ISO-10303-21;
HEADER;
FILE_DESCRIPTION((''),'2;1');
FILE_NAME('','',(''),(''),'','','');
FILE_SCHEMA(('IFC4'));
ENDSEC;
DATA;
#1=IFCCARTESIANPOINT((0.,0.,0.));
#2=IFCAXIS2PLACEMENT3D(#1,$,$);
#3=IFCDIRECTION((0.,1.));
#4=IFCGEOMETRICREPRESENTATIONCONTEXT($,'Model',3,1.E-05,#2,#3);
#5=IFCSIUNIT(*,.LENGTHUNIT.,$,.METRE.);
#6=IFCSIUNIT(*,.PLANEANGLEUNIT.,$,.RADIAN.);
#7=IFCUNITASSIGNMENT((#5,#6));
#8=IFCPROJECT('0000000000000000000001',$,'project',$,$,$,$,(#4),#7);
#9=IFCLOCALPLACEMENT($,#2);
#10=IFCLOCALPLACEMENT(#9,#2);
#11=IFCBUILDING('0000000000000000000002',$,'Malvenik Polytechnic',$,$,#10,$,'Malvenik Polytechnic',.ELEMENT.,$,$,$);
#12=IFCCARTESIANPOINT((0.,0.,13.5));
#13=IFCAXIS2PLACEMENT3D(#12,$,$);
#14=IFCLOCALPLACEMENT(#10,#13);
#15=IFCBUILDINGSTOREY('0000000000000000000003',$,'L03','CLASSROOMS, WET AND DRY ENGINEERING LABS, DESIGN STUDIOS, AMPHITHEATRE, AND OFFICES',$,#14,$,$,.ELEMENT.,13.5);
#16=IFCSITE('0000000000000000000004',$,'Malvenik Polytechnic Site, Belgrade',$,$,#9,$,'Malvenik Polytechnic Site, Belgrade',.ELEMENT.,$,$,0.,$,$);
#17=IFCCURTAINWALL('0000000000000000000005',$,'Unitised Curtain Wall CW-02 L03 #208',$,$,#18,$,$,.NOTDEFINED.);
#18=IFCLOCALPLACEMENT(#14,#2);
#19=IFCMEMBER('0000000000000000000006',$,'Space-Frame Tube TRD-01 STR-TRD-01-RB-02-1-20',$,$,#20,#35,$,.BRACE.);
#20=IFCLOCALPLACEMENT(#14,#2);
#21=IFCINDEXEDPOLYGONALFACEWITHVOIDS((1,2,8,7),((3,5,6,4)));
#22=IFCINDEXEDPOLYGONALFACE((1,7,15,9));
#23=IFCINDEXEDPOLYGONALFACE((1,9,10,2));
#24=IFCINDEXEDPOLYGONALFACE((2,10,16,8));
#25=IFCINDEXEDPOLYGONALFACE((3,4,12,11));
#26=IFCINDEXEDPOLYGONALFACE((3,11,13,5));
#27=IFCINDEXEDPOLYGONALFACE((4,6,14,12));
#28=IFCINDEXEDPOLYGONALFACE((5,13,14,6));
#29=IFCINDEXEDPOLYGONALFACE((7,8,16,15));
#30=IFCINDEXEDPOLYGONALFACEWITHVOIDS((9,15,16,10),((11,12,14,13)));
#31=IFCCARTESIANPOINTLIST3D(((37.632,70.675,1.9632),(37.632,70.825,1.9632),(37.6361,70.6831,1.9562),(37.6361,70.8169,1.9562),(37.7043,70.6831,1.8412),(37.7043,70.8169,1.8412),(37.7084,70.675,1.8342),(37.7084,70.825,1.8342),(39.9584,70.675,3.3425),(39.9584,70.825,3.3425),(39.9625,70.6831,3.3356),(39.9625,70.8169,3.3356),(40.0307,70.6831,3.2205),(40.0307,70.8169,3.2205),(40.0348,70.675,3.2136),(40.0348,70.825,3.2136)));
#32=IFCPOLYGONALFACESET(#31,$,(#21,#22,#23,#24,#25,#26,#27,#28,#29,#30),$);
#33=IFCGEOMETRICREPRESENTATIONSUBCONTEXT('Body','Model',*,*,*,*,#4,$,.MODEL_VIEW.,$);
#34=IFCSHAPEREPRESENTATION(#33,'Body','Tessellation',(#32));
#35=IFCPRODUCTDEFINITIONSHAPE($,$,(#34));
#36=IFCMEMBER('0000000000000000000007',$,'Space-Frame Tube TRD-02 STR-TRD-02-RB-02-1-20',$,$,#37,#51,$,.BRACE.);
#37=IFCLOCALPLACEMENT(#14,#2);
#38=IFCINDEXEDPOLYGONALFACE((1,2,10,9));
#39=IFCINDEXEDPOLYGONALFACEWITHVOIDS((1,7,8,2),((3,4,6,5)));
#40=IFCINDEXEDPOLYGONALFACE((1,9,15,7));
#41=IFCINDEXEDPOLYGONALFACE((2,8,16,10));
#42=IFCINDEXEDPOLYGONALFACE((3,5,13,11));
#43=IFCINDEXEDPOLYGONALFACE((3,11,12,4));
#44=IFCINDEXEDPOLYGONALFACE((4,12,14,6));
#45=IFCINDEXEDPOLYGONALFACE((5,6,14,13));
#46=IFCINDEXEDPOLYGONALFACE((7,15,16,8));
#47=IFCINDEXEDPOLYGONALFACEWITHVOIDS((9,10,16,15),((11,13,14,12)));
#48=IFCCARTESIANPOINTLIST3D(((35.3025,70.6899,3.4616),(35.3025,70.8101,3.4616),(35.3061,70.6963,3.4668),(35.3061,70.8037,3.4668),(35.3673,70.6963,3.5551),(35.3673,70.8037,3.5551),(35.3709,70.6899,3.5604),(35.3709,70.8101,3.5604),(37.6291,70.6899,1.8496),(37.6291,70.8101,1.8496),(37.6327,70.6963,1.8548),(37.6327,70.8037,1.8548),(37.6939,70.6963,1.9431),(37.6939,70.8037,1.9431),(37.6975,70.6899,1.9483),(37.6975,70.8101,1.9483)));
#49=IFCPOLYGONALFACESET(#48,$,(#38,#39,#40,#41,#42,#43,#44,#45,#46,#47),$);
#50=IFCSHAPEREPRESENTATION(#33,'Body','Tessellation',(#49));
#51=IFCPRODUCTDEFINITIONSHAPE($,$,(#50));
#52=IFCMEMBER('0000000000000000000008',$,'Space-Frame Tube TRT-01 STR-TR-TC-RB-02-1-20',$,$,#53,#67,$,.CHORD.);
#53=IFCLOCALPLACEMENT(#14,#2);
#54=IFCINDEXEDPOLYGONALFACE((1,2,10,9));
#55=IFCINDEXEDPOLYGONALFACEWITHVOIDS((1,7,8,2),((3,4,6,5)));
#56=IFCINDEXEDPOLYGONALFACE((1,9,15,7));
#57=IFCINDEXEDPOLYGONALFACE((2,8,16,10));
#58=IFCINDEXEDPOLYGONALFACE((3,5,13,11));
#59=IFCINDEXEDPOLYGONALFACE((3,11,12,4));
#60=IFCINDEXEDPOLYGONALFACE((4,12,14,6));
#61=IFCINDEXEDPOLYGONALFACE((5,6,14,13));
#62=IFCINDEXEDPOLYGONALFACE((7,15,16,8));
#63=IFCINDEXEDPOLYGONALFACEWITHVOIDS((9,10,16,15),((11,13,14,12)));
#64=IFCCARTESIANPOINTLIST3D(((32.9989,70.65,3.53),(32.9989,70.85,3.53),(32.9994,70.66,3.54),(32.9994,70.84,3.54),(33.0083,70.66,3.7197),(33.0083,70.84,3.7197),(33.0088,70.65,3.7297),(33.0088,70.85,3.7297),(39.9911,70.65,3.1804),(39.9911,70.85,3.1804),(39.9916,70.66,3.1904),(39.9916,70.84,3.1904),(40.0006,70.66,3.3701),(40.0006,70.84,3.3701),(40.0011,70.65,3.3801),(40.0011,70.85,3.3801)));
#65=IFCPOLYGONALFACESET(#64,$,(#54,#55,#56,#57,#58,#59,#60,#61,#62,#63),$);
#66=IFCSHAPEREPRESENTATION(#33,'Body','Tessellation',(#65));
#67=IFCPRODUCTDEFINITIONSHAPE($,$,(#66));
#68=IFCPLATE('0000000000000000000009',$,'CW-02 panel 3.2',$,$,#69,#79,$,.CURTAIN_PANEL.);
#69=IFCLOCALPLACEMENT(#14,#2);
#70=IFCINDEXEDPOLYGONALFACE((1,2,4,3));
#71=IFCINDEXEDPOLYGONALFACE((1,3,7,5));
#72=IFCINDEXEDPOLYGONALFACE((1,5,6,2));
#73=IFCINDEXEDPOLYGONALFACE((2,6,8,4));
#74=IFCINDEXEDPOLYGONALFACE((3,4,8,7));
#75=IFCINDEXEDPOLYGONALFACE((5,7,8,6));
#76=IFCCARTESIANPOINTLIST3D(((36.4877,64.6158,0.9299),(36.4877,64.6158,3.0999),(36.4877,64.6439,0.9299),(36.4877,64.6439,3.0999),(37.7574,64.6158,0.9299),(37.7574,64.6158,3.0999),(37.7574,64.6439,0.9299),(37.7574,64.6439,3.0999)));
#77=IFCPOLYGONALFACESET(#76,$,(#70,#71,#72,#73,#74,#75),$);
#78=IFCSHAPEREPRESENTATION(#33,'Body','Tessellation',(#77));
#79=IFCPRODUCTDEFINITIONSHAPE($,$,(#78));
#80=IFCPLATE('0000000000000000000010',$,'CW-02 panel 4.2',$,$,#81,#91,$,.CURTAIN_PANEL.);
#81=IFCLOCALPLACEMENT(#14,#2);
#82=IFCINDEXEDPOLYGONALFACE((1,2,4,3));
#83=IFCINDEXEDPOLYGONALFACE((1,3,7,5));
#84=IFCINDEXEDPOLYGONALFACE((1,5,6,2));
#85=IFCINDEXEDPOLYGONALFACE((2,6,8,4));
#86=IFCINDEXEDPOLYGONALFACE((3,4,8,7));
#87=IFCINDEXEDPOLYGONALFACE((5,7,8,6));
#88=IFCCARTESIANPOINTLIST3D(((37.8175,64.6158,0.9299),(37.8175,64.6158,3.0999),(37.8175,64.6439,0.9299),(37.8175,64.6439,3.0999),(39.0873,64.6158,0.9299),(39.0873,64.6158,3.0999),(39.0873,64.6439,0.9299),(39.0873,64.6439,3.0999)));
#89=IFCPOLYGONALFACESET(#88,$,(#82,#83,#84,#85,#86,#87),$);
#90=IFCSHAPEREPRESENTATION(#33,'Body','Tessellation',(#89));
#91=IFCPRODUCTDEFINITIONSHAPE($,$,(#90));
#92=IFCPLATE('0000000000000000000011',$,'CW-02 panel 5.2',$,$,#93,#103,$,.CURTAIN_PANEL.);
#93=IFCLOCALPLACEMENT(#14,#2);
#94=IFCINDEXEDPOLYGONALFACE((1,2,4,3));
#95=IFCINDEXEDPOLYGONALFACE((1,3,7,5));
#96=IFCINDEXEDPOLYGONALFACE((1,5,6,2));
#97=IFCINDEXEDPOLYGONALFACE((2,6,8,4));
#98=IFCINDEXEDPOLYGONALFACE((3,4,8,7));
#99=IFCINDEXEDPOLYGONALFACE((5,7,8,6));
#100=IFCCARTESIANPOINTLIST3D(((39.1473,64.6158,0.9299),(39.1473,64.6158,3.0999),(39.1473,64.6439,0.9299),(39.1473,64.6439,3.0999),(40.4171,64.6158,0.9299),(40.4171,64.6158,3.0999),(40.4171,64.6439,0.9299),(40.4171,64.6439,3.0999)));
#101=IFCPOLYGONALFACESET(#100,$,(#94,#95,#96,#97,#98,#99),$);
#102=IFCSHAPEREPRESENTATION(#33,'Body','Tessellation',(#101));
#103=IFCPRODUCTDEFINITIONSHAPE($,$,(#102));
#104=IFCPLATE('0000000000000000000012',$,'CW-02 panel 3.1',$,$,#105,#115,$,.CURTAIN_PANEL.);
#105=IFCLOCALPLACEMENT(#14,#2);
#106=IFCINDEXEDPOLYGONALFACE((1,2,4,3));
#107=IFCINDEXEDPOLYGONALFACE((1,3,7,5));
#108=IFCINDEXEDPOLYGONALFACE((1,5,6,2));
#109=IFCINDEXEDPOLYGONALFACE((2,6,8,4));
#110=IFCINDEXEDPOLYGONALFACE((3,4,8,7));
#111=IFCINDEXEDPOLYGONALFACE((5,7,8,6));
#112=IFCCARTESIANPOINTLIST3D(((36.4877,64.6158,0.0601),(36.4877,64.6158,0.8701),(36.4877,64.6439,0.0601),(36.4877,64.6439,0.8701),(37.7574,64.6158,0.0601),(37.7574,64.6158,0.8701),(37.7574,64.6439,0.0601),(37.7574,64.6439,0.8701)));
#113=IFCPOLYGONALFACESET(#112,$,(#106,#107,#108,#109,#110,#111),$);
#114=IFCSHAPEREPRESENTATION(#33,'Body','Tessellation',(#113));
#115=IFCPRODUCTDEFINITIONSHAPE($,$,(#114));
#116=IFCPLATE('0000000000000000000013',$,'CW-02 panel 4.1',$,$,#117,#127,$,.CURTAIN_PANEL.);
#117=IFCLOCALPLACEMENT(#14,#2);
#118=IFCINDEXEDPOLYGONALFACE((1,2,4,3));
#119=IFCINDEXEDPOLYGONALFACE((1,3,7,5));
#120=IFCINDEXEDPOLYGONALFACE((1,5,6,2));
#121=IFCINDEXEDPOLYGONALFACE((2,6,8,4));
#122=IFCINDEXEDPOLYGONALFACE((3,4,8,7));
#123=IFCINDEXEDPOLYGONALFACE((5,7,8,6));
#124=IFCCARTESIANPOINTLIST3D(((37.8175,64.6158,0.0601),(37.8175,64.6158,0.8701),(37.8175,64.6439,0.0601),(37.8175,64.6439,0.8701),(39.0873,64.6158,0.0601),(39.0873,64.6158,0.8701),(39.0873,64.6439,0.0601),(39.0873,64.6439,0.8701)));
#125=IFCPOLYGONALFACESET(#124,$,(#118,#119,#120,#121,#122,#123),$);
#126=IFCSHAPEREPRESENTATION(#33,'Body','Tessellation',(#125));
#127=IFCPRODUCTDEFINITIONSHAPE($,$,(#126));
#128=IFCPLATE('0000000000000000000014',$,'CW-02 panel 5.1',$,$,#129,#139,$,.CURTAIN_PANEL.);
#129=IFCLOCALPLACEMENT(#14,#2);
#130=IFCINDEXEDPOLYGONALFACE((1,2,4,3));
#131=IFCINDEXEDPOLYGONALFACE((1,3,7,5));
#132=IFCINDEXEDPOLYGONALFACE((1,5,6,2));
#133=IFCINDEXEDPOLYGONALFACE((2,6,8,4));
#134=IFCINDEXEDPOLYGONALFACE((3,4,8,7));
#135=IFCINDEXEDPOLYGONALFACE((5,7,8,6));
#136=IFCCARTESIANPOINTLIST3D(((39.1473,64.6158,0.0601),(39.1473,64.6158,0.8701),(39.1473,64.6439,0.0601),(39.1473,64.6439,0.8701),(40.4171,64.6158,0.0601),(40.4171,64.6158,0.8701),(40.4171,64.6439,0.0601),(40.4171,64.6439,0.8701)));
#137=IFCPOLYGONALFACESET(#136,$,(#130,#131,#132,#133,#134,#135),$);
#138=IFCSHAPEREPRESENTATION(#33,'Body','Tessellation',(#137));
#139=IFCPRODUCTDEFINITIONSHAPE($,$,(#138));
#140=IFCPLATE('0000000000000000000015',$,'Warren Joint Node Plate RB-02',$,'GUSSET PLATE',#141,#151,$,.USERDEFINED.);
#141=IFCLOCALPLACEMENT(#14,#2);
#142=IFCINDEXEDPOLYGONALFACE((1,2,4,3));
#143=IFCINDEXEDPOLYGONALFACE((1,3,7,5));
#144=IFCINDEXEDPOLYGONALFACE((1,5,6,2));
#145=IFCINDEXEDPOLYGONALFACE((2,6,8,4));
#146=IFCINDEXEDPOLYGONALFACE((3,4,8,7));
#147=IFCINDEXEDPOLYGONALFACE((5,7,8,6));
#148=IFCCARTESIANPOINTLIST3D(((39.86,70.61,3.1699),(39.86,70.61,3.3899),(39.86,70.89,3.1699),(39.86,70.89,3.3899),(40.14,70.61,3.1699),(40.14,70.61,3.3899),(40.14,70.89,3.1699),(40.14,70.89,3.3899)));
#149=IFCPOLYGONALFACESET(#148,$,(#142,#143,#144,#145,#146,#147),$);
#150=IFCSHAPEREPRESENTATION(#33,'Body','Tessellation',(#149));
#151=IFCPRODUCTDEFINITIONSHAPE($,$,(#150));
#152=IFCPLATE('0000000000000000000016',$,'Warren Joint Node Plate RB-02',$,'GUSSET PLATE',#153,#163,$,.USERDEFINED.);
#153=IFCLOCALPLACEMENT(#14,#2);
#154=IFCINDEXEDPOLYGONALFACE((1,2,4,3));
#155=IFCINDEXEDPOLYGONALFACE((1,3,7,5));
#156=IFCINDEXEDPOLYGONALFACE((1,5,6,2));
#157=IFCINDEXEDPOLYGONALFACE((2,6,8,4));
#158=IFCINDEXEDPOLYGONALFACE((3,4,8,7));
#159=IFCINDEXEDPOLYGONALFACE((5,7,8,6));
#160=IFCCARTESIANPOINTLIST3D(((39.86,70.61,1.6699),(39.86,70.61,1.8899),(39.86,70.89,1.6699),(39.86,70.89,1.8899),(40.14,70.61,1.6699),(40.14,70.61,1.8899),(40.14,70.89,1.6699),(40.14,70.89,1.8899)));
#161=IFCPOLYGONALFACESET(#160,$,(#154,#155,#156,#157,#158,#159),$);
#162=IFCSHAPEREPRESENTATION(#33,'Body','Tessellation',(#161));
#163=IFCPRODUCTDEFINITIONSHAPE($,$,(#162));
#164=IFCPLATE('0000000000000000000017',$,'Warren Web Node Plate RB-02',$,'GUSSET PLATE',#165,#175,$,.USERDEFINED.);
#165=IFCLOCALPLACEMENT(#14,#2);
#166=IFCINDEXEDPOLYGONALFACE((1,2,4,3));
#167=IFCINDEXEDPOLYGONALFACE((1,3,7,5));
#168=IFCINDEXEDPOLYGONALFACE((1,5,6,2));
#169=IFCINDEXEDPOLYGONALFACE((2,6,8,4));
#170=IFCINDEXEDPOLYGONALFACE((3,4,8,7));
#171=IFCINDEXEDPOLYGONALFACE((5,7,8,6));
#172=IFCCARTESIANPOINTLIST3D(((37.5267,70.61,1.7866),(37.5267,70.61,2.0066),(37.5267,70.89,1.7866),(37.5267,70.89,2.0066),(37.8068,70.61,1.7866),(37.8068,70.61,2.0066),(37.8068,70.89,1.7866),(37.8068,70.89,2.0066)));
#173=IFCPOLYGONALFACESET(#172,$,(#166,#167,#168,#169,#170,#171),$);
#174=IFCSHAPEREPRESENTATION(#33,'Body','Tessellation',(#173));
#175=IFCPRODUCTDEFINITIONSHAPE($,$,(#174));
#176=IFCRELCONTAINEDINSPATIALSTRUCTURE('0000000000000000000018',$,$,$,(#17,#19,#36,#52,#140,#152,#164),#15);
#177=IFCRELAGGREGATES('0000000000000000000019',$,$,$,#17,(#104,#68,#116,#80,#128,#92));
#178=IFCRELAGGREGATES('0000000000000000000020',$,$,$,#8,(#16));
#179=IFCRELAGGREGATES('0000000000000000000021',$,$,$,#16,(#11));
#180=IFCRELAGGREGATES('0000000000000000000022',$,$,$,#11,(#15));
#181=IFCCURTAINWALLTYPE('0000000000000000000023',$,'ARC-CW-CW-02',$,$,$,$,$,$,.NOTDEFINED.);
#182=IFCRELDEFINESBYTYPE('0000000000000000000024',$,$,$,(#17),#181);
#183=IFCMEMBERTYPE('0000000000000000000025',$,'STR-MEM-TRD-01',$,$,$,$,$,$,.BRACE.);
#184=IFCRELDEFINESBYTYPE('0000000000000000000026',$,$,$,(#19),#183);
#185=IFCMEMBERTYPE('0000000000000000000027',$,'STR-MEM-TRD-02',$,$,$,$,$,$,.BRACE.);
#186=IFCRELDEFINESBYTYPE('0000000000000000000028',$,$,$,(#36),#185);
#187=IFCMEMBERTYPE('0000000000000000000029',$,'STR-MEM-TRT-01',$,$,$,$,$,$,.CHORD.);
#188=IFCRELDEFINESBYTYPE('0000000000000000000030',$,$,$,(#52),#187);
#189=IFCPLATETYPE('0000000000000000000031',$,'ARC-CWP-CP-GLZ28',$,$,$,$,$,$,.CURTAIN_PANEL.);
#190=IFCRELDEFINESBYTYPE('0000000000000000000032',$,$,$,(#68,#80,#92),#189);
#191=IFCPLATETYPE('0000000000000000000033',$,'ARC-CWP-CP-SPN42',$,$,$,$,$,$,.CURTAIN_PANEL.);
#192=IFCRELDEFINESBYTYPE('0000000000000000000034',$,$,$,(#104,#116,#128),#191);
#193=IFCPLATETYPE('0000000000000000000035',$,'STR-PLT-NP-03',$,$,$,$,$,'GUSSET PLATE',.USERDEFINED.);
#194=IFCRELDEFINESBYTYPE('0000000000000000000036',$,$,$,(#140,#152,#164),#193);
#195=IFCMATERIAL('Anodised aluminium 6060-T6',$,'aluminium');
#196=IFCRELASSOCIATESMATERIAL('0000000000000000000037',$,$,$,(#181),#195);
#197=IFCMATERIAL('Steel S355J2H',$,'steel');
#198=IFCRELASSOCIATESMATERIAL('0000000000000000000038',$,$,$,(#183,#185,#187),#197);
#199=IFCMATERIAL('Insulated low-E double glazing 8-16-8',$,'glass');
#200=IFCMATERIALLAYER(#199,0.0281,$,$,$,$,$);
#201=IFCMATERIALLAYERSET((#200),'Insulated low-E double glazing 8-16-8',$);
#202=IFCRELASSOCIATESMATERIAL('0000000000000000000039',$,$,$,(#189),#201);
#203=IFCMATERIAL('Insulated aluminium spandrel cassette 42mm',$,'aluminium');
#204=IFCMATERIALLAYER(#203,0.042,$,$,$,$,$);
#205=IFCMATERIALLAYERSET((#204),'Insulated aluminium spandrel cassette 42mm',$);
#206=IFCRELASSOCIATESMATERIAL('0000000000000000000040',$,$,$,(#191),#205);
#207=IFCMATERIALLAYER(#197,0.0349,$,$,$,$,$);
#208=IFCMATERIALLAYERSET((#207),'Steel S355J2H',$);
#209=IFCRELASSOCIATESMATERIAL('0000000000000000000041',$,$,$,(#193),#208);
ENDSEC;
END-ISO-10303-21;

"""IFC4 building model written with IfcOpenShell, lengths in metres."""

from ifc_helpers import new_model, si_unit, direction, frame, origin, origin_2d, place, context, subcontext, project, spatial, rectangle, hollow_rectangle, extrude, material, layer, layer_set, material_profile, profile_set, type_object, element, aggregate, save


model = new_model("IFC4")

# Units and contexts
model_context = context("Model", 3, precision=1e-05, world=origin(), true_north=direction((0.0, 1.0)))
body_context = subcontext(model_context, "Body", "Model", "MODEL_VIEW")
ifc_project = project(units=[si_unit("LENGTHUNIT", "METRE"), si_unit("PLANEANGLEUNIT", "RADIAN")], contexts=[model_context])

# Site, building, storey
site_placement = place(None, origin())
site = spatial("IfcSite", under=ifc_project, at=site_placement, Name="Malvenik Polytechnic Site, Belgrade", LongName="Malvenik Polytechnic Site, Belgrade", CompositionType="ELEMENT", RefElevation=0.0)
building_placement = place(site_placement, origin())
building = spatial("IfcBuilding", under=site, at=building_placement, Name="Malvenik Polytechnic", LongName="Malvenik Polytechnic", CompositionType="ELEMENT")
storey_placement = place(building_placement, frame((0.0, 0.0, 13.5)))
storey = spatial("IfcBuildingStorey", under=building, at=storey_placement, Name="L03", Description="CLASSROOMS, WET AND DRY ENGINEERING LABS, DESIGN STUDIOS, AMPHITHEATRE, AND OFFICES", CompositionType="ELEMENT", Elevation=13.5)

# Shared definitions
ifc_material_1 = material(Name="Steel S355J2H", Category="steel")

# Curtain wall
ifc_material_2 = material(Name="Anodised aluminium 6060-T6", Category="aluminium")
curtain_wall_type = type_object("IfcCurtainWallType", Name="ARC-CW-CW-02", PredefinedType="NOTDEFINED", material=ifc_material_2)
curtain_wall_placement = place(storey_placement, origin())
curtain_wall = element("IfcCurtainWall", 1, at=curtain_wall_placement, inside=storey, type_object=curtain_wall_type, Name="Unitised Curtain Wall CW-02 L03 #208", PredefinedType="NOTDEFINED")

# Members
ifc_material_profile_1 = material_profile(ifc_material_1, hollow_rectangle(XDim=0.1499, YDim=0.1499, WallThickness=0.0081, at=origin_2d()), Name="SHS 150x150x8.0")
ifc_profile_set_1 = profile_set([ifc_material_profile_1], Name="Steel S355J2H")
member_type_1 = type_object("IfcMemberType", Name="STR-MEM-TRD-01", PredefinedType="BRACE", material=ifc_profile_set_1)
member_1_placement = place(storey_placement, frame((39.9966, 70.75, 3.2781), z_axis=(-0.860165, 0.0, -0.510015), x_axis=(0.0, -1.0, 0.0)))
element("IfcMember", 2, at=member_1_placement, inside=storey, type_object=member_type_1, Name="Space-Frame Tube TRD-01 STR-TRD-01-RB-02-1-20", PredefinedType="BRACE", context=body_context, shape_type="SweptSolid", body=[
    extrude(hollow_rectangle(XDim=0.1499, YDim=0.1499, WallThickness=0.0081, at=origin_2d()), origin(), (0.0, 0.0, 1.0), 2.7046),
])
ifc_material_profile_2 = material_profile(ifc_material_1, hollow_rectangle(XDim=0.1201, YDim=0.1201, WallThickness=0.0063, at=origin_2d()), Name="SHS 120x120x6.3")
ifc_profile_set_2 = profile_set([ifc_material_profile_2], Name="Steel S355J2H")
member_type_2 = type_object("IfcMemberType", Name="STR-MEM-TRD-02", PredefinedType="BRACE", material=ifc_profile_set_2)
member_2_placement = place(storey_placement, frame((37.6633, 70.75, 1.8989), z_axis=(-0.821978, 0.0, 0.569519), x_axis=(0.0, -1.0, 0.0)))
element("IfcMember", 3, at=member_2_placement, inside=storey, type_object=member_type_2, Name="Space-Frame Tube TRD-02 STR-TRD-02-RB-02-1-20", PredefinedType="BRACE", context=body_context, shape_type="SweptSolid", body=[
    extrude(hollow_rectangle(XDim=0.1201, YDim=0.1201, WallThickness=0.0063, at=origin_2d()), origin(), (0.0, 0.0, 1.0), 2.8306),
])
ifc_material_profile_3 = material_profile(ifc_material_1, hollow_rectangle(XDim=0.2, YDim=0.2, WallThickness=0.01, at=origin_2d()), Name="SHS 200x200x10.0")
ifc_profile_set_3 = profile_set([ifc_material_profile_3], Name="Steel S355J2H")
member_type_3 = type_object("IfcMemberType", Name="STR-MEM-TRT-01", PredefinedType="CHORD", material=ifc_profile_set_3)
member_3_placement = place(storey_placement, frame((39.9961, 70.75, 3.2803), z_axis=(-0.998752, 0.0, 0.049938), x_axis=(0.0, -1.0, 0.0)))
element("IfcMember", 4, at=member_3_placement, inside=storey, type_object=member_type_3, Name="Space-Frame Tube TRT-01 STR-TR-TC-RB-02-1-20", PredefinedType="CHORD", context=body_context, shape_type="SweptSolid", body=[
    extrude(hollow_rectangle(XDim=0.2, YDim=0.2, WallThickness=0.01, at=origin_2d()), origin(), (0.0, 0.0, 1.0), 7.001),
])

# Plates
ifc_material_3 = material(Name="Insulated low-E double glazing 8-16-8", Category="glass")
ifc_layer_1 = layer(ifc_material_3, 0.0281)
ifc_layer_set_1 = layer_set([ifc_layer_1], Name="Insulated low-E double glazing 8-16-8")
plate_type_1 = type_object("IfcPlateType", Name="ARC-CWP-CP-GLZ28", PredefinedType="CURTAIN_PANEL", material=ifc_layer_set_1)
plate_1_placement = place(storey_placement, frame((37.1226, 64.6299, 0.9299), z_axis=(0.0, 0.0, 1.0), x_axis=(1.0, 0.0, 0.0)))
plate_1 = element("IfcPlate", 5, at=plate_1_placement, type_object=plate_type_1, Name="CW-02 panel 3.2", PredefinedType="CURTAIN_PANEL", context=body_context, shape_type="SweptSolid", body=[
    extrude(rectangle(XDim=1.2698, YDim=0.0281, at=origin_2d()), origin(), (0.0, 0.0, 1.0), 2.1699),
])
plate_2_placement = place(storey_placement, frame((38.4524, 64.6299, 0.9299), z_axis=(0.0, 0.0, 1.0), x_axis=(1.0, 0.0, 0.0)))
plate_2 = element("IfcPlate", 6, at=plate_2_placement, type_object=plate_type_1, Name="CW-02 panel 4.2", PredefinedType="CURTAIN_PANEL", context=body_context, shape_type="SweptSolid", body=[
    extrude(rectangle(XDim=1.2698, YDim=0.0281, at=origin_2d()), origin(), (0.0, 0.0, 1.0), 2.1699),
])
plate_3_placement = place(storey_placement, frame((39.7822, 64.6299, 0.9299), z_axis=(0.0, 0.0, 1.0), x_axis=(1.0, 0.0, 0.0)))
plate_3 = element("IfcPlate", 7, at=plate_3_placement, type_object=plate_type_1, Name="CW-02 panel 5.2", PredefinedType="CURTAIN_PANEL", context=body_context, shape_type="SweptSolid", body=[
    extrude(rectangle(XDim=1.2698, YDim=0.0281, at=origin_2d()), origin(), (0.0, 0.0, 1.0), 2.1699),
])
ifc_material_4 = material(Name="Insulated aluminium spandrel cassette 42mm", Category="aluminium")
ifc_layer_2 = layer(ifc_material_4, 0.042)
ifc_layer_set_2 = layer_set([ifc_layer_2], Name="Insulated aluminium spandrel cassette 42mm")
plate_type_2 = type_object("IfcPlateType", Name="ARC-CWP-CP-SPN42", PredefinedType="CURTAIN_PANEL", material=ifc_layer_set_2)
plate_4_placement = place(storey_placement, frame((37.1226, 64.6299, 0.0601), z_axis=(0.0, 0.0, 1.0), x_axis=(1.0, 0.0, 0.0)))
plate_4 = element("IfcPlate", 8, at=plate_4_placement, type_object=plate_type_2, Name="CW-02 panel 3.1", PredefinedType="CURTAIN_PANEL", context=body_context, shape_type="SweptSolid", body=[
    extrude(rectangle(XDim=1.2698, YDim=0.0281, at=origin_2d()), origin(), (0.0, 0.0, 1.0), 0.8101),
])
plate_5_placement = place(storey_placement, frame((38.4524, 64.6299, 0.0601), z_axis=(0.0, 0.0, 1.0), x_axis=(1.0, 0.0, 0.0)))
plate_5 = element("IfcPlate", 9, at=plate_5_placement, type_object=plate_type_2, Name="CW-02 panel 4.1", PredefinedType="CURTAIN_PANEL", context=body_context, shape_type="SweptSolid", body=[
    extrude(rectangle(XDim=1.2698, YDim=0.0281, at=origin_2d()), origin(), (0.0, 0.0, 1.0), 0.8101),
])
plate_6_placement = place(storey_placement, frame((39.7822, 64.6299, 0.0601), z_axis=(0.0, 0.0, 1.0), x_axis=(1.0, 0.0, 0.0)))
plate_6 = element("IfcPlate", 10, at=plate_6_placement, type_object=plate_type_2, Name="CW-02 panel 5.1", PredefinedType="CURTAIN_PANEL", context=body_context, shape_type="SweptSolid", body=[
    extrude(rectangle(XDim=1.2698, YDim=0.0281, at=origin_2d()), origin(), (0.0, 0.0, 1.0), 0.8101),
])
aggregate(curtain_wall, [plate_4, plate_1, plate_5, plate_2, plate_6, plate_3])

# Plates
ifc_layer_3 = layer(ifc_material_1, 0.0349)
ifc_layer_set_3 = layer_set([ifc_layer_3], Name="Steel S355J2H")
plate_type_3 = type_object("IfcPlateType", Name="STR-PLT-NP-03", ElementType="GUSSET PLATE", PredefinedType="USERDEFINED", material=ifc_layer_set_3)
for number, where, z_axis, x_axis, name in (
    (11, (40.0, 70.75, 3.1699), (0.0, 0.0, 1.0), (1.0, 0.0, 0.0), "Warren Joint Node Plate RB-02"),
    (12, (40.0, 70.75, 1.6699), (0.0, 0.0, 1.0), (1.0, 0.0, 0.0), "Warren Joint Node Plate RB-02"),
    (13, (37.6667, 70.75, 1.7866), (0.0, 0.0, 1.0), (1.0, 0.0, 0.0), "Warren Web Node Plate RB-02"),
):
    element("IfcPlate", number, at=place(storey_placement, frame(where, z_axis=z_axis, x_axis=x_axis)), inside=storey, type_object=plate_type_3, Name=name, ObjectType="GUSSET PLATE", PredefinedType="USERDEFINED", context=body_context, shape_type="SweptSolid", body=[
        extrude(rectangle(XDim=0.28, YDim=0.28, at=origin_2d()), origin(), (0.0, 0.0, 1.0), 0.22),
    ])

save(model, "model.ifc")
